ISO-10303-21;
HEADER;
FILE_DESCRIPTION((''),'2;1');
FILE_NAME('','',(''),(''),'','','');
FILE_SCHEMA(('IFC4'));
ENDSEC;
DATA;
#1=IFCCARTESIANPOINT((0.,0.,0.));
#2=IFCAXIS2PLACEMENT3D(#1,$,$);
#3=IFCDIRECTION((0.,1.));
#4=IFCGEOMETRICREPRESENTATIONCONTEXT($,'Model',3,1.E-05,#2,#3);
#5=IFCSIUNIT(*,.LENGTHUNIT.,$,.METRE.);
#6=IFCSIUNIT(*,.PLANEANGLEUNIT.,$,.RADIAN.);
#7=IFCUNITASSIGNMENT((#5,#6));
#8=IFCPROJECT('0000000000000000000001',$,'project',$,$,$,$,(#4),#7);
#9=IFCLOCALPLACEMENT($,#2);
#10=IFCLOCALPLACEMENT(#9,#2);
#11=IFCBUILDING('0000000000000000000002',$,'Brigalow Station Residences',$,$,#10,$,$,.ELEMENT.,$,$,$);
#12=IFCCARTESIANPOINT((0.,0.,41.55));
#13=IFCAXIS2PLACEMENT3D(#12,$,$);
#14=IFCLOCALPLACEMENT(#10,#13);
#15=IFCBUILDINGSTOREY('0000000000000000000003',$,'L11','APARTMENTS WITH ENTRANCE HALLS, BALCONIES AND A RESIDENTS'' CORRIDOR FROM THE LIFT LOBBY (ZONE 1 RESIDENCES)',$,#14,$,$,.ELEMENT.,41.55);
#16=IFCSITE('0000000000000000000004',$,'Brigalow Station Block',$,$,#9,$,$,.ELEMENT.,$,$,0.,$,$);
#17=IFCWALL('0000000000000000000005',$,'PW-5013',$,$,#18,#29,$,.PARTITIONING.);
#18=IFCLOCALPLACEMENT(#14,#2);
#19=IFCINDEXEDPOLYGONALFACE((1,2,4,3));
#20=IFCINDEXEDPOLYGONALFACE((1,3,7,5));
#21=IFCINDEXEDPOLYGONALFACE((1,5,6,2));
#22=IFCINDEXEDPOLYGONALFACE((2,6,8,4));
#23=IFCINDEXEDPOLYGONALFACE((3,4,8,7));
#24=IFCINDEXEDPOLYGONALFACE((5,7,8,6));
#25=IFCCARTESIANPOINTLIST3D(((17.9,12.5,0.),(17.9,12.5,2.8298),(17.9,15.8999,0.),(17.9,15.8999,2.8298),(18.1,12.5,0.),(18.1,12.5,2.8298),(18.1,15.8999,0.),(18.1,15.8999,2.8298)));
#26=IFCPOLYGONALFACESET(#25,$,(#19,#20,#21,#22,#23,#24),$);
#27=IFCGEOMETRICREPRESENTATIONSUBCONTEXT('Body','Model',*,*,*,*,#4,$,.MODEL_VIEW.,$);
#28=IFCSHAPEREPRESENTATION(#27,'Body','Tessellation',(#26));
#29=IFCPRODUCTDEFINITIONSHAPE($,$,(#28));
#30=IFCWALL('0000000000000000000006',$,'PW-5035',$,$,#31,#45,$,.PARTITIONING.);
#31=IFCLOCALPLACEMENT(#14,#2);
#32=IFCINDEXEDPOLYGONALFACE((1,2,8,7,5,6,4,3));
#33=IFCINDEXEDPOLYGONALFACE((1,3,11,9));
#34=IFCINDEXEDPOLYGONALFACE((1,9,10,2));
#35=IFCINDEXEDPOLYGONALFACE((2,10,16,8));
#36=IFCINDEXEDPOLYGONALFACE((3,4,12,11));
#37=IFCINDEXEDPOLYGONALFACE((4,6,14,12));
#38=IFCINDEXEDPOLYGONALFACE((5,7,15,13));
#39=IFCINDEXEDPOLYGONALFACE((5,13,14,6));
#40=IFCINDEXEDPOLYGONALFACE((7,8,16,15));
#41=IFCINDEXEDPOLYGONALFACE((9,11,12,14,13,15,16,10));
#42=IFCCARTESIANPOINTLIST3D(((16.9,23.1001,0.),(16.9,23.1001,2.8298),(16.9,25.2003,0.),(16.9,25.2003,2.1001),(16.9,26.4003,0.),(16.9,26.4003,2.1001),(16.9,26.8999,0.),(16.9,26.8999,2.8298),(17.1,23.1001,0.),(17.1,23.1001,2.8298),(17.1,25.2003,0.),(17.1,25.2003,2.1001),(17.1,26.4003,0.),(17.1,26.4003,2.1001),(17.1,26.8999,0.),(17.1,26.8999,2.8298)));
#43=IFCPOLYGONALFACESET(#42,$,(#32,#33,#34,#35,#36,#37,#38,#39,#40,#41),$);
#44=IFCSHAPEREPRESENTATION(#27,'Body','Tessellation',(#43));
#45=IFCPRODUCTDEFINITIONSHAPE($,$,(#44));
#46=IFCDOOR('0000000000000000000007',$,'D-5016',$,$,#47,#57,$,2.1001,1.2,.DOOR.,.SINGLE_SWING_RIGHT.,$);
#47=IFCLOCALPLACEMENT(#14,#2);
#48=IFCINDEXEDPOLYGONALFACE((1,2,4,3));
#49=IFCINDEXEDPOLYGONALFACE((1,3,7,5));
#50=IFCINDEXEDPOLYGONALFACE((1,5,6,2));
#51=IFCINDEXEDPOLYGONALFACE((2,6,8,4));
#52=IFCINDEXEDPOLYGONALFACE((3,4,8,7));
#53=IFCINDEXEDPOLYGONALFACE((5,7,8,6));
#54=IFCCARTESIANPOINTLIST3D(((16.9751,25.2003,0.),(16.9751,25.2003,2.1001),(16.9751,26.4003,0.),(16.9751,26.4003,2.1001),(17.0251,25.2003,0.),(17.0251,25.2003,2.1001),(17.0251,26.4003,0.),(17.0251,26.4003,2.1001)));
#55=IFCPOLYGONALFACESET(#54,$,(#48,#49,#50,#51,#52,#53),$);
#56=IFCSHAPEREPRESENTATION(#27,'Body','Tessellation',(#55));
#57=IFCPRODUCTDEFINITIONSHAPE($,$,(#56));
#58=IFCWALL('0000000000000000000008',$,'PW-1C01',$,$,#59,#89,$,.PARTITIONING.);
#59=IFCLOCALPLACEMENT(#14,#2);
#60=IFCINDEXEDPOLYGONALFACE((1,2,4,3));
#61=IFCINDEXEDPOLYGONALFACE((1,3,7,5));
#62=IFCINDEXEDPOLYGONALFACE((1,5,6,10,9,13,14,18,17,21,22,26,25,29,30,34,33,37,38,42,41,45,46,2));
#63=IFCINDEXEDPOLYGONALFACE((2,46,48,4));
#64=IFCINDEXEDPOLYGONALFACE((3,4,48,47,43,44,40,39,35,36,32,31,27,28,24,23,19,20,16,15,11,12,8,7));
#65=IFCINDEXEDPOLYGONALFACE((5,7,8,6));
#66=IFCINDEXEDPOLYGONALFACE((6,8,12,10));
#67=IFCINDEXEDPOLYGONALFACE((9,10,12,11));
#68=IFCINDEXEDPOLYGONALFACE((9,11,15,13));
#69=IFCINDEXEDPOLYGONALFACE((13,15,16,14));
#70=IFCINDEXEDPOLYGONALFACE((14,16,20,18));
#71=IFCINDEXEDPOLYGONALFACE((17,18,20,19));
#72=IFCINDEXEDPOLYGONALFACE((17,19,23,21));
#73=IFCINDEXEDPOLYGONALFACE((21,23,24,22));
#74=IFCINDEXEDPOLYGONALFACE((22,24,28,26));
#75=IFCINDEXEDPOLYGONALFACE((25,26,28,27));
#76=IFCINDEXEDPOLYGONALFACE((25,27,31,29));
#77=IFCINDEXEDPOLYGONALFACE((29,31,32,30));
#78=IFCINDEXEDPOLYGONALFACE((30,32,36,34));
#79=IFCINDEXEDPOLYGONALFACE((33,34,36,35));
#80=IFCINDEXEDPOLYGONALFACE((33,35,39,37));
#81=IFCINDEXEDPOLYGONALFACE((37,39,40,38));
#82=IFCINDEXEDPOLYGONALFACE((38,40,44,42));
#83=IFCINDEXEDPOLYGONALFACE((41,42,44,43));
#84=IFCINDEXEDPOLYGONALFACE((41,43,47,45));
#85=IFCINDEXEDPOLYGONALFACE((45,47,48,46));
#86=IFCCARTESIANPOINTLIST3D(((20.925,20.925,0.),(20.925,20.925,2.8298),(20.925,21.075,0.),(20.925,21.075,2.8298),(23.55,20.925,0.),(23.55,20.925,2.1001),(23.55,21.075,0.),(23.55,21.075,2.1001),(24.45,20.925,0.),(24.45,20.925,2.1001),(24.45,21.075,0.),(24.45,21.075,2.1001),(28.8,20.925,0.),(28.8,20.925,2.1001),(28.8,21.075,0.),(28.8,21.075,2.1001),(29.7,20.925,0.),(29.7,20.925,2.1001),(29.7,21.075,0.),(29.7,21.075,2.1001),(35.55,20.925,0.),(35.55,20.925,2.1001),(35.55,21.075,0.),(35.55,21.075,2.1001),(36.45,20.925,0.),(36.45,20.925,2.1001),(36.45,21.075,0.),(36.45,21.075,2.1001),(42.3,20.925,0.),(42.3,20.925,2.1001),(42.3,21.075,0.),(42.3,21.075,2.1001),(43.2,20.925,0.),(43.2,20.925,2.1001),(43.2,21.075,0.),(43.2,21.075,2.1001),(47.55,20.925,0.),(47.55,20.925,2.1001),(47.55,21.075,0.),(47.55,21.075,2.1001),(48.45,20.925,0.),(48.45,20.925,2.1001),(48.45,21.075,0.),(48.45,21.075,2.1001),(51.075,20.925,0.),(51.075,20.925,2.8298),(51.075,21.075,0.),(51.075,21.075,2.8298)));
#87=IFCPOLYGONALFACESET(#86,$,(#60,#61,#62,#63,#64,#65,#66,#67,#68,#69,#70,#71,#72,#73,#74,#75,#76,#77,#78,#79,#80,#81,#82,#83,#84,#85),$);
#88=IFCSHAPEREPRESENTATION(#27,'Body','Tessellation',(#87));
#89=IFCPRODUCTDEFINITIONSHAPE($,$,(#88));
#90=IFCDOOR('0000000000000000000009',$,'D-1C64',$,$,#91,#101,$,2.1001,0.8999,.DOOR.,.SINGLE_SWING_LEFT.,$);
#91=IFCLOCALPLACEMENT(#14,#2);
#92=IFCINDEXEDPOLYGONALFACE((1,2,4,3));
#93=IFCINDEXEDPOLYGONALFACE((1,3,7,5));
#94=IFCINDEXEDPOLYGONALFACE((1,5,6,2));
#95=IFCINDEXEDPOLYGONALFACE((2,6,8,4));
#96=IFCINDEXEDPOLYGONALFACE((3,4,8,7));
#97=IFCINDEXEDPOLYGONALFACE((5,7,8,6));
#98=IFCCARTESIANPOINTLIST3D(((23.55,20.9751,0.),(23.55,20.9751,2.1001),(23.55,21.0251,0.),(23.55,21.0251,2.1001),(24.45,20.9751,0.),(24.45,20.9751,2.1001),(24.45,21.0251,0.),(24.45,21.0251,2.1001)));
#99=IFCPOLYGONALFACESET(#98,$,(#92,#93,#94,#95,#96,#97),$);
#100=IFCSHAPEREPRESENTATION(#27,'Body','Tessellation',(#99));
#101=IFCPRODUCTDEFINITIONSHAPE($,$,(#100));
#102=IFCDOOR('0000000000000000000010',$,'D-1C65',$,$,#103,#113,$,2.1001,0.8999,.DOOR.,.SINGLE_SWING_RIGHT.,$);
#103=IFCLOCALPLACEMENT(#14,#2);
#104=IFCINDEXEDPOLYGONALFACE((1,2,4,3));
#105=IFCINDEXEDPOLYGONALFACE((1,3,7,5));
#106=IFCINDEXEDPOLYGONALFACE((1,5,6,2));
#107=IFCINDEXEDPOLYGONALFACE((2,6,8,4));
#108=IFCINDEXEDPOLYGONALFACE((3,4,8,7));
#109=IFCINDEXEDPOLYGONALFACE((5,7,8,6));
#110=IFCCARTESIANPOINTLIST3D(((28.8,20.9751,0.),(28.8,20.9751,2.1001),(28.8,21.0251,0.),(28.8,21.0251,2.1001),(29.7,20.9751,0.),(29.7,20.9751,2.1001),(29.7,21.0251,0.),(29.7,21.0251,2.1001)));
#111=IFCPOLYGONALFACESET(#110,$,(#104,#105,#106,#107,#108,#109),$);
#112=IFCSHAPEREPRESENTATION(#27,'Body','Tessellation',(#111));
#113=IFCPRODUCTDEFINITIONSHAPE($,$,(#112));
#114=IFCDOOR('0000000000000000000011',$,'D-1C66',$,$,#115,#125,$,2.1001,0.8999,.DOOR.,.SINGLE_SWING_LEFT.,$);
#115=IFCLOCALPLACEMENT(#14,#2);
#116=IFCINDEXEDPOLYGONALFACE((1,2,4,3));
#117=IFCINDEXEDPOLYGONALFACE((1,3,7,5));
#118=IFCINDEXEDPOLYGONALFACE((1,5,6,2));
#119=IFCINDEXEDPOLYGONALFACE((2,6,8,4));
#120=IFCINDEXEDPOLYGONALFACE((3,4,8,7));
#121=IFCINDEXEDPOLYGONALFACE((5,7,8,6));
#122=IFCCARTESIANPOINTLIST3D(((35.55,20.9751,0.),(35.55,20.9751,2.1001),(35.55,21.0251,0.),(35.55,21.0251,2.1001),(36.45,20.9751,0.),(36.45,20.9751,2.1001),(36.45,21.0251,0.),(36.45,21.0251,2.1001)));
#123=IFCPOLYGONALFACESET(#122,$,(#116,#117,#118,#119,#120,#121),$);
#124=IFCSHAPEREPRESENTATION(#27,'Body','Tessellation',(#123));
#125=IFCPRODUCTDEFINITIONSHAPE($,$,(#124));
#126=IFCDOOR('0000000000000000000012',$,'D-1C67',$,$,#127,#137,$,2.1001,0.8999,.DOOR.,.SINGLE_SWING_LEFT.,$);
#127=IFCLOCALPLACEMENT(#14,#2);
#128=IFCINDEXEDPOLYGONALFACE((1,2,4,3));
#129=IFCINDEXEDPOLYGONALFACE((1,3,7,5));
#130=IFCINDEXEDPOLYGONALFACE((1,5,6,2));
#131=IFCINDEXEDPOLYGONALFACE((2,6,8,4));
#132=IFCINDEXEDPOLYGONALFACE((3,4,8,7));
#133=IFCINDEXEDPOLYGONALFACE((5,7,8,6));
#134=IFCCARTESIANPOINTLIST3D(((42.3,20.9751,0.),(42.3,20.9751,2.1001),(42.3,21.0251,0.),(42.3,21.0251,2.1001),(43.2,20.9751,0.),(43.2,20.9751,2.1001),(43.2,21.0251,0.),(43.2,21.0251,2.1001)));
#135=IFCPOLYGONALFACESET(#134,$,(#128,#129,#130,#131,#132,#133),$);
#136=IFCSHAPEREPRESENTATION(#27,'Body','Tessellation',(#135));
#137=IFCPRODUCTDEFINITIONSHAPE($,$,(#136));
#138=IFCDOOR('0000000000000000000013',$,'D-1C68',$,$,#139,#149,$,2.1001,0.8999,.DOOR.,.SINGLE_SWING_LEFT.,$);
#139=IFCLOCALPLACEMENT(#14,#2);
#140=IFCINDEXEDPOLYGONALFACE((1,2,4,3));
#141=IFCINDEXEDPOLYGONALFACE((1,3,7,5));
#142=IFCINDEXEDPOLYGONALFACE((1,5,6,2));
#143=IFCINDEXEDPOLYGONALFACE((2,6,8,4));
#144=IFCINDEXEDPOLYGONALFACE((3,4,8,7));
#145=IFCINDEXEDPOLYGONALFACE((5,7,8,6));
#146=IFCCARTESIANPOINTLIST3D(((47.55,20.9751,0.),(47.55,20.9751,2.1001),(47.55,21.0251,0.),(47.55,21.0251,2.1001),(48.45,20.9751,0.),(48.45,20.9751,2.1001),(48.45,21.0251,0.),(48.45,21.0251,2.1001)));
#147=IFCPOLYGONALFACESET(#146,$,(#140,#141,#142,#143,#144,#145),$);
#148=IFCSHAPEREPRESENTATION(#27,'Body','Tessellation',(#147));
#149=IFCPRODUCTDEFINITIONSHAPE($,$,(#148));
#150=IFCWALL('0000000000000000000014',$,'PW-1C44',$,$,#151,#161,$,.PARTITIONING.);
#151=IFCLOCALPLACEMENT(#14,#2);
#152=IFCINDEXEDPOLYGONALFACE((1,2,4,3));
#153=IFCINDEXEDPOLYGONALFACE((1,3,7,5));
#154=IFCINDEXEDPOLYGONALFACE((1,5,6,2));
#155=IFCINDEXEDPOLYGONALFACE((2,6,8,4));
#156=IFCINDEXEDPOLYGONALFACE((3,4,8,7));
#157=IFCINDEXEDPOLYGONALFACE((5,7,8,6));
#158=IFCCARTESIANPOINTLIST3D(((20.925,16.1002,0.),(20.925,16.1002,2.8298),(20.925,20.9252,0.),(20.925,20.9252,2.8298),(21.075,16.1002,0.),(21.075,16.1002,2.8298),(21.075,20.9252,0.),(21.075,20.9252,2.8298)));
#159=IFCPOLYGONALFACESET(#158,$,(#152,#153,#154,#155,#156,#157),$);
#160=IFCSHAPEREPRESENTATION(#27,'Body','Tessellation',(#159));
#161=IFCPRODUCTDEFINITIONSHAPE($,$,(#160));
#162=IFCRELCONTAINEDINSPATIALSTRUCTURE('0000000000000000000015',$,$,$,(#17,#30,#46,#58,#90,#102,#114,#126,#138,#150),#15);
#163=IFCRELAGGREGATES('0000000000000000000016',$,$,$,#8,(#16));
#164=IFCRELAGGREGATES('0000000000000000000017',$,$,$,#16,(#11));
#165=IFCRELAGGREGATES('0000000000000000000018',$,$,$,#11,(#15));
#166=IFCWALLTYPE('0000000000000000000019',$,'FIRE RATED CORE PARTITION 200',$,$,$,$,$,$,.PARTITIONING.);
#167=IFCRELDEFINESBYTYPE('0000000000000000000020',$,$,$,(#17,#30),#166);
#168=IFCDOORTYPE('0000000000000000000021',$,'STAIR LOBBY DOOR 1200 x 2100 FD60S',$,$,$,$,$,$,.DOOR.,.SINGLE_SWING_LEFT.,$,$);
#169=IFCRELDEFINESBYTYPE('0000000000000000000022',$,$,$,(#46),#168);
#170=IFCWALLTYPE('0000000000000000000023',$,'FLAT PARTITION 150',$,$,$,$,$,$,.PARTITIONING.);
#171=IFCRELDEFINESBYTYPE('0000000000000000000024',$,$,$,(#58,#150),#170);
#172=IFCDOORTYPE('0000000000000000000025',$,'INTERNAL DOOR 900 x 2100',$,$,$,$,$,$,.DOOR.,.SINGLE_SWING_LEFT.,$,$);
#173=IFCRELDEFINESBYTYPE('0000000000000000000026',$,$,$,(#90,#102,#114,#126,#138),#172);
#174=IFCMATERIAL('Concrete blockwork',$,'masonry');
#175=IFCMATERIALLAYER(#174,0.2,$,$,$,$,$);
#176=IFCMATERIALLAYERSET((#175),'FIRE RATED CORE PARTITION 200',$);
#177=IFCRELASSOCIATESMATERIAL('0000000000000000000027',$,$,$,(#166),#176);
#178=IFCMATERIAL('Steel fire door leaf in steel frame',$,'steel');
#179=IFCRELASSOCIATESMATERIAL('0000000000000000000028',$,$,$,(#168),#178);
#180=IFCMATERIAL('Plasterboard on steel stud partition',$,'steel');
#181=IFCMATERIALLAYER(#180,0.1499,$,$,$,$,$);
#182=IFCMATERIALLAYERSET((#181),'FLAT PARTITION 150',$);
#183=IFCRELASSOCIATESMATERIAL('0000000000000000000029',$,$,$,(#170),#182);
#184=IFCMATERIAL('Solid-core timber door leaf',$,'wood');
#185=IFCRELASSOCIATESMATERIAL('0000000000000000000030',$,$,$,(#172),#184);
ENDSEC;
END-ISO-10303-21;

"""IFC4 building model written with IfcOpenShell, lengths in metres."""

from ifc_helpers import new_model, si_unit, direction, frame, frame_2d, origin, place, context, subcontext, project, spatial, rectangle, extrude, material, layer, layer_set, type_object, element, fill, save


model = new_model("IFC4")

# Units and contexts
model_context = context("Model", 3, precision=1e-05, world=origin(), true_north=direction((0.0, 1.0)))
body_context = subcontext(model_context, "Body", "Model", "MODEL_VIEW")
ifc_project = project(units=[si_unit("LENGTHUNIT", "METRE"), si_unit("PLANEANGLEUNIT", "RADIAN")], contexts=[model_context])

# Site, building, storey
site_placement = place(None, origin())
site = spatial("IfcSite", under=ifc_project, at=site_placement, Name="Brigalow Station Block", CompositionType="ELEMENT", RefElevation=0.0)
building_placement = place(site_placement, origin())
building = spatial("IfcBuilding", under=site, at=building_placement, Name="Brigalow Station Residences", CompositionType="ELEMENT")
storey_placement = place(building_placement, frame((0.0, 0.0, 41.55)))
storey = spatial("IfcBuildingStorey", under=building, at=storey_placement, Name="L11", Description="APARTMENTS WITH ENTRANCE HALLS, BALCONIES AND A RESIDENTS' CORRIDOR FROM THE LIFT LOBBY (ZONE 1 RESIDENCES)", CompositionType="ELEMENT", Elevation=41.55)

# Wall
ifc_material_1 = material(Name="Concrete blockwork", Category="masonry")
ifc_layer_1 = layer(ifc_material_1, 0.2)
ifc_layer_set_1 = layer_set([ifc_layer_1], Name="FIRE RATED CORE PARTITION 200")
wall_type_1 = type_object("IfcWallType", Name="FIRE RATED CORE PARTITION 200", PredefinedType="PARTITIONING", material=ifc_layer_set_1)
wall_1_placement = place(storey_placement, frame((18.0, 12.5, 0.0), z_axis=(0.0, 0.0, 1.0), x_axis=(0.0, 1.0, 0.0)))
element("IfcWall", 1, at=wall_1_placement, inside=storey, type_object=wall_type_1, Name="PW-5013", PredefinedType="PARTITIONING", context=body_context, shape_type="SweptSolid", body=[
    extrude(rectangle(XDim=3.3999, YDim=0.2, at=frame_2d((1.7, 0.0))), origin(), (0.0, 0.0, 1.0), 2.8298),
])

# Wall, opening, door
wall_2_placement = place(storey_placement, frame((17.0, 23.1001, 0.0), z_axis=(0.0, 0.0, 1.0), x_axis=(0.0, 1.0, 0.0)))
wall_2 = element("IfcWall", 2, at=wall_2_placement, inside=storey, type_object=wall_type_1, Name="PW-5035", PredefinedType="PARTITIONING", context=body_context, shape_type="SweptSolid", body=[
    extrude(rectangle(XDim=3.7998, YDim=0.2, at=frame_2d((1.8999, 0.0))), origin(), (0.0, 0.0, 1.0), 2.8298),
])
opening_1_placement = place(wall_2_placement, frame((2.1001, 0.0, 0.0)))
opening_1 = element("IfcOpeningElement", 3, at=opening_1_placement, cuts=wall_2, PredefinedType="OPENING", context=body_context, shape_type="SweptSolid", body=[
    extrude(rectangle(XDim=1.2, YDim=2.1001, at=frame_2d((0.6001, 1.05))), frame((0.0, 0.1099, 0.0), z_axis=(0.0, -1.0, 0.0), x_axis=(1.0, 0.0, 0.0)), (0.0, 0.0, 1.0), 0.22),
])
ifc_material_2 = material(Name="Steel fire door leaf in steel frame", Category="steel")
door_type_1 = type_object("IfcDoorType", Name="STAIR LOBBY DOOR 1200 x 2100 FD60S", OperationType="SINGLE_SWING_LEFT", PredefinedType="DOOR", material=ifc_material_2)
door_1_placement = place(opening_1_placement, origin())
door_1 = element("IfcDoor", 4, at=door_1_placement, inside=storey, type_object=door_type_1, Name="D-5016", OperationType="SINGLE_SWING_RIGHT", OverallHeight=2.1001, OverallWidth=1.2, PredefinedType="DOOR", context=body_context, shape_type="SweptSolid", body=[
    extrude(rectangle(XDim=1.2, YDim=2.1001, at=frame_2d((0.6001, 1.05))), frame((0.0, 0.0249, 0.0), z_axis=(0.0, -1.0, 0.0), x_axis=(1.0, 0.0, 0.0)), (0.0, 0.0, 1.0), 0.05),
])
fill(opening_1, door_1)

# Wall, openings, doors
ifc_material_3 = material(Name="Plasterboard on steel stud partition", Category="steel")
ifc_layer_2 = layer(ifc_material_3, 0.1499)
ifc_layer_set_2 = layer_set([ifc_layer_2], Name="FLAT PARTITION 150")
wall_type_2 = type_object("IfcWallType", Name="FLAT PARTITION 150", PredefinedType="PARTITIONING", material=ifc_layer_set_2)
wall_3_placement = place(storey_placement, frame((20.925, 21.0, 0.0), z_axis=(0.0, 0.0, 1.0), x_axis=(1.0, 0.0, 0.0)))
wall_3 = element("IfcWall", 5, at=wall_3_placement, inside=storey, type_object=wall_type_2, Name="PW-1C01", PredefinedType="PARTITIONING", context=body_context, shape_type="SweptSolid", body=[
    extrude(rectangle(XDim=30.1499, YDim=0.1499, at=frame_2d((15.075, 0.0))), origin(), (0.0, 0.0, 1.0), 2.8298),
])
opening_2_placement = place(wall_3_placement, frame((2.625, 0.0, 0.0)))
opening_2 = element("IfcOpeningElement", 6, at=opening_2_placement, cuts=wall_3, PredefinedType="OPENING", context=body_context, shape_type="SweptSolid", body=[
    extrude(rectangle(XDim=0.8999, YDim=2.1001, at=frame_2d((0.45, 1.05))), frame((0.0, 0.085, 0.0), z_axis=(0.0, -1.0, 0.0), x_axis=(1.0, 0.0, 0.0)), (0.0, 0.0, 1.0), 0.1699),
])
opening_3_placement = place(wall_3_placement, frame((7.875, 0.0, 0.0)))
opening_3 = element("IfcOpeningElement", 7, at=opening_3_placement, cuts=wall_3, PredefinedType="OPENING", context=body_context, shape_type="SweptSolid", body=[
    extrude(rectangle(XDim=0.8999, YDim=2.1001, at=frame_2d((0.45, 1.05))), frame((0.0, 0.085, 0.0), z_axis=(0.0, -1.0, 0.0), x_axis=(1.0, 0.0, 0.0)), (0.0, 0.0, 1.0), 0.1699),
])
opening_4_placement = place(wall_3_placement, frame((14.625, 0.0, 0.0)))
opening_4 = element("IfcOpeningElement", 8, at=opening_4_placement, cuts=wall_3, PredefinedType="OPENING", context=body_context, shape_type="SweptSolid", body=[
    extrude(rectangle(XDim=0.8999, YDim=2.1001, at=frame_2d((0.45, 1.05))), frame((0.0, 0.085, 0.0), z_axis=(0.0, -1.0, 0.0), x_axis=(1.0, 0.0, 0.0)), (0.0, 0.0, 1.0), 0.1699),
])
opening_5_placement = place(wall_3_placement, frame((21.375, 0.0, 0.0)))
opening_5 = element("IfcOpeningElement", 9, at=opening_5_placement, cuts=wall_3, PredefinedType="OPENING", context=body_context, shape_type="SweptSolid", body=[
    extrude(rectangle(XDim=0.8999, YDim=2.1001, at=frame_2d((0.45, 1.05))), frame((0.0, 0.085, 0.0), z_axis=(0.0, -1.0, 0.0), x_axis=(1.0, 0.0, 0.0)), (0.0, 0.0, 1.0), 0.1699),
])
opening_6_placement = place(wall_3_placement, frame((26.625, 0.0, 0.0)))
opening_6 = element("IfcOpeningElement", 10, at=opening_6_placement, cuts=wall_3, PredefinedType="OPENING", context=body_context, shape_type="SweptSolid", body=[
    extrude(rectangle(XDim=0.8999, YDim=2.1001, at=frame_2d((0.45, 1.05))), frame((0.0, 0.085, 0.0), z_axis=(0.0, -1.0, 0.0), x_axis=(1.0, 0.0, 0.0)), (0.0, 0.0, 1.0), 0.1699),
])
ifc_material_4 = material(Name="Solid-core timber door leaf", Category="wood")
door_type_2 = type_object("IfcDoorType", Name="INTERNAL DOOR 900 x 2100", OperationType="SINGLE_SWING_LEFT", PredefinedType="DOOR", material=ifc_material_4)
door_2_placement = place(opening_2_placement, frame((0.8999, 0.0, 0.0), z_axis=(0.0, 0.0, 1.0), x_axis=(-1.0, 0.0, 0.0)))
door_2 = element("IfcDoor", 11, at=door_2_placement, inside=storey, type_object=door_type_2, Name="D-1C64", OperationType="SINGLE_SWING_LEFT", OverallHeight=2.1001, OverallWidth=0.8999, PredefinedType="DOOR", context=body_context, shape_type="SweptSolid", body=[
    extrude(rectangle(XDim=0.8999, YDim=2.1001, at=frame_2d((0.45, 1.05))), frame((0.0, 0.0249, 0.0), z_axis=(0.0, -1.0, 0.0), x_axis=(1.0, 0.0, 0.0)), (0.0, 0.0, 1.0), 0.05),
])
fill(opening_2, door_2)
door_3_placement = place(opening_3_placement, frame((0.8999, 0.0, 0.0), z_axis=(0.0, 0.0, 1.0), x_axis=(-1.0, 0.0, 0.0)))
door_3 = element("IfcDoor", 12, at=door_3_placement, inside=storey, type_object=door_type_2, Name="D-1C65", OperationType="SINGLE_SWING_RIGHT", OverallHeight=2.1001, OverallWidth=0.8999, PredefinedType="DOOR", context=body_context, shape_type="SweptSolid", body=[
    extrude(rectangle(XDim=0.8999, YDim=2.1001, at=frame_2d((0.45, 1.05))), frame((0.0, 0.0249, 0.0), z_axis=(0.0, -1.0, 0.0), x_axis=(1.0, 0.0, 0.0)), (0.0, 0.0, 1.0), 0.05),
])
fill(opening_3, door_3)
door_4_placement = place(opening_4_placement, frame((0.8999, 0.0, 0.0), z_axis=(0.0, 0.0, 1.0), x_axis=(-1.0, 0.0, 0.0)))
door_4 = element("IfcDoor", 13, at=door_4_placement, inside=storey, type_object=door_type_2, Name="D-1C66", OperationType="SINGLE_SWING_LEFT", OverallHeight=2.1001, OverallWidth=0.8999, PredefinedType="DOOR", context=body_context, shape_type="SweptSolid", body=[
    extrude(rectangle(XDim=0.8999, YDim=2.1001, at=frame_2d((0.45, 1.05))), frame((0.0, 0.0249, 0.0), z_axis=(0.0, -1.0, 0.0), x_axis=(1.0, 0.0, 0.0)), (0.0, 0.0, 1.0), 0.05),
])
fill(opening_4, door_4)
door_5_placement = place(opening_5_placement, frame((0.8999, 0.0, 0.0), z_axis=(0.0, 0.0, 1.0), x_axis=(-1.0, 0.0, 0.0)))
door_5 = element("IfcDoor", 14, at=door_5_placement, inside=storey, type_object=door_type_2, Name="D-1C67", OperationType="SINGLE_SWING_LEFT", OverallHeight=2.1001, OverallWidth=0.8999, PredefinedType="DOOR", context=body_context, shape_type="SweptSolid", body=[
    extrude(rectangle(XDim=0.8999, YDim=2.1001, at=frame_2d((0.45, 1.05))), frame((0.0, 0.0249, 0.0), z_axis=(0.0, -1.0, 0.0), x_axis=(1.0, 0.0, 0.0)), (0.0, 0.0, 1.0), 0.05),
])
fill(opening_5, door_5)
door_6_placement = place(opening_6_placement, frame((0.8999, 0.0, 0.0), z_axis=(0.0, 0.0, 1.0), x_axis=(-1.0, 0.0, 0.0)))
door_6 = element("IfcDoor", 15, at=door_6_placement, inside=storey, type_object=door_type_2, Name="D-1C68", OperationType="SINGLE_SWING_LEFT", OverallHeight=2.1001, OverallWidth=0.8999, PredefinedType="DOOR", context=body_context, shape_type="SweptSolid", body=[
    extrude(rectangle(XDim=0.8999, YDim=2.1001, at=frame_2d((0.45, 1.05))), frame((0.0, 0.0249, 0.0), z_axis=(0.0, -1.0, 0.0), x_axis=(1.0, 0.0, 0.0)), (0.0, 0.0, 1.0), 0.05),
])
fill(opening_6, door_6)

# Wall
wall_4_placement = place(storey_placement, frame((21.0, 16.1001, 0.0), z_axis=(0.0, 0.0, 1.0), x_axis=(0.0, 1.0, 0.0)))
element("IfcWall", 16, at=wall_4_placement, inside=storey, type_object=wall_type_2, Name="PW-1C44", PredefinedType="PARTITIONING", context=body_context, shape_type="SweptSolid", body=[
    extrude(rectangle(XDim=4.825, YDim=0.1499, at=frame_2d((2.4126, 0.0))), origin(), (0.0, 0.0, 1.0), 2.8298),
])

save(model, "model.ifc")
